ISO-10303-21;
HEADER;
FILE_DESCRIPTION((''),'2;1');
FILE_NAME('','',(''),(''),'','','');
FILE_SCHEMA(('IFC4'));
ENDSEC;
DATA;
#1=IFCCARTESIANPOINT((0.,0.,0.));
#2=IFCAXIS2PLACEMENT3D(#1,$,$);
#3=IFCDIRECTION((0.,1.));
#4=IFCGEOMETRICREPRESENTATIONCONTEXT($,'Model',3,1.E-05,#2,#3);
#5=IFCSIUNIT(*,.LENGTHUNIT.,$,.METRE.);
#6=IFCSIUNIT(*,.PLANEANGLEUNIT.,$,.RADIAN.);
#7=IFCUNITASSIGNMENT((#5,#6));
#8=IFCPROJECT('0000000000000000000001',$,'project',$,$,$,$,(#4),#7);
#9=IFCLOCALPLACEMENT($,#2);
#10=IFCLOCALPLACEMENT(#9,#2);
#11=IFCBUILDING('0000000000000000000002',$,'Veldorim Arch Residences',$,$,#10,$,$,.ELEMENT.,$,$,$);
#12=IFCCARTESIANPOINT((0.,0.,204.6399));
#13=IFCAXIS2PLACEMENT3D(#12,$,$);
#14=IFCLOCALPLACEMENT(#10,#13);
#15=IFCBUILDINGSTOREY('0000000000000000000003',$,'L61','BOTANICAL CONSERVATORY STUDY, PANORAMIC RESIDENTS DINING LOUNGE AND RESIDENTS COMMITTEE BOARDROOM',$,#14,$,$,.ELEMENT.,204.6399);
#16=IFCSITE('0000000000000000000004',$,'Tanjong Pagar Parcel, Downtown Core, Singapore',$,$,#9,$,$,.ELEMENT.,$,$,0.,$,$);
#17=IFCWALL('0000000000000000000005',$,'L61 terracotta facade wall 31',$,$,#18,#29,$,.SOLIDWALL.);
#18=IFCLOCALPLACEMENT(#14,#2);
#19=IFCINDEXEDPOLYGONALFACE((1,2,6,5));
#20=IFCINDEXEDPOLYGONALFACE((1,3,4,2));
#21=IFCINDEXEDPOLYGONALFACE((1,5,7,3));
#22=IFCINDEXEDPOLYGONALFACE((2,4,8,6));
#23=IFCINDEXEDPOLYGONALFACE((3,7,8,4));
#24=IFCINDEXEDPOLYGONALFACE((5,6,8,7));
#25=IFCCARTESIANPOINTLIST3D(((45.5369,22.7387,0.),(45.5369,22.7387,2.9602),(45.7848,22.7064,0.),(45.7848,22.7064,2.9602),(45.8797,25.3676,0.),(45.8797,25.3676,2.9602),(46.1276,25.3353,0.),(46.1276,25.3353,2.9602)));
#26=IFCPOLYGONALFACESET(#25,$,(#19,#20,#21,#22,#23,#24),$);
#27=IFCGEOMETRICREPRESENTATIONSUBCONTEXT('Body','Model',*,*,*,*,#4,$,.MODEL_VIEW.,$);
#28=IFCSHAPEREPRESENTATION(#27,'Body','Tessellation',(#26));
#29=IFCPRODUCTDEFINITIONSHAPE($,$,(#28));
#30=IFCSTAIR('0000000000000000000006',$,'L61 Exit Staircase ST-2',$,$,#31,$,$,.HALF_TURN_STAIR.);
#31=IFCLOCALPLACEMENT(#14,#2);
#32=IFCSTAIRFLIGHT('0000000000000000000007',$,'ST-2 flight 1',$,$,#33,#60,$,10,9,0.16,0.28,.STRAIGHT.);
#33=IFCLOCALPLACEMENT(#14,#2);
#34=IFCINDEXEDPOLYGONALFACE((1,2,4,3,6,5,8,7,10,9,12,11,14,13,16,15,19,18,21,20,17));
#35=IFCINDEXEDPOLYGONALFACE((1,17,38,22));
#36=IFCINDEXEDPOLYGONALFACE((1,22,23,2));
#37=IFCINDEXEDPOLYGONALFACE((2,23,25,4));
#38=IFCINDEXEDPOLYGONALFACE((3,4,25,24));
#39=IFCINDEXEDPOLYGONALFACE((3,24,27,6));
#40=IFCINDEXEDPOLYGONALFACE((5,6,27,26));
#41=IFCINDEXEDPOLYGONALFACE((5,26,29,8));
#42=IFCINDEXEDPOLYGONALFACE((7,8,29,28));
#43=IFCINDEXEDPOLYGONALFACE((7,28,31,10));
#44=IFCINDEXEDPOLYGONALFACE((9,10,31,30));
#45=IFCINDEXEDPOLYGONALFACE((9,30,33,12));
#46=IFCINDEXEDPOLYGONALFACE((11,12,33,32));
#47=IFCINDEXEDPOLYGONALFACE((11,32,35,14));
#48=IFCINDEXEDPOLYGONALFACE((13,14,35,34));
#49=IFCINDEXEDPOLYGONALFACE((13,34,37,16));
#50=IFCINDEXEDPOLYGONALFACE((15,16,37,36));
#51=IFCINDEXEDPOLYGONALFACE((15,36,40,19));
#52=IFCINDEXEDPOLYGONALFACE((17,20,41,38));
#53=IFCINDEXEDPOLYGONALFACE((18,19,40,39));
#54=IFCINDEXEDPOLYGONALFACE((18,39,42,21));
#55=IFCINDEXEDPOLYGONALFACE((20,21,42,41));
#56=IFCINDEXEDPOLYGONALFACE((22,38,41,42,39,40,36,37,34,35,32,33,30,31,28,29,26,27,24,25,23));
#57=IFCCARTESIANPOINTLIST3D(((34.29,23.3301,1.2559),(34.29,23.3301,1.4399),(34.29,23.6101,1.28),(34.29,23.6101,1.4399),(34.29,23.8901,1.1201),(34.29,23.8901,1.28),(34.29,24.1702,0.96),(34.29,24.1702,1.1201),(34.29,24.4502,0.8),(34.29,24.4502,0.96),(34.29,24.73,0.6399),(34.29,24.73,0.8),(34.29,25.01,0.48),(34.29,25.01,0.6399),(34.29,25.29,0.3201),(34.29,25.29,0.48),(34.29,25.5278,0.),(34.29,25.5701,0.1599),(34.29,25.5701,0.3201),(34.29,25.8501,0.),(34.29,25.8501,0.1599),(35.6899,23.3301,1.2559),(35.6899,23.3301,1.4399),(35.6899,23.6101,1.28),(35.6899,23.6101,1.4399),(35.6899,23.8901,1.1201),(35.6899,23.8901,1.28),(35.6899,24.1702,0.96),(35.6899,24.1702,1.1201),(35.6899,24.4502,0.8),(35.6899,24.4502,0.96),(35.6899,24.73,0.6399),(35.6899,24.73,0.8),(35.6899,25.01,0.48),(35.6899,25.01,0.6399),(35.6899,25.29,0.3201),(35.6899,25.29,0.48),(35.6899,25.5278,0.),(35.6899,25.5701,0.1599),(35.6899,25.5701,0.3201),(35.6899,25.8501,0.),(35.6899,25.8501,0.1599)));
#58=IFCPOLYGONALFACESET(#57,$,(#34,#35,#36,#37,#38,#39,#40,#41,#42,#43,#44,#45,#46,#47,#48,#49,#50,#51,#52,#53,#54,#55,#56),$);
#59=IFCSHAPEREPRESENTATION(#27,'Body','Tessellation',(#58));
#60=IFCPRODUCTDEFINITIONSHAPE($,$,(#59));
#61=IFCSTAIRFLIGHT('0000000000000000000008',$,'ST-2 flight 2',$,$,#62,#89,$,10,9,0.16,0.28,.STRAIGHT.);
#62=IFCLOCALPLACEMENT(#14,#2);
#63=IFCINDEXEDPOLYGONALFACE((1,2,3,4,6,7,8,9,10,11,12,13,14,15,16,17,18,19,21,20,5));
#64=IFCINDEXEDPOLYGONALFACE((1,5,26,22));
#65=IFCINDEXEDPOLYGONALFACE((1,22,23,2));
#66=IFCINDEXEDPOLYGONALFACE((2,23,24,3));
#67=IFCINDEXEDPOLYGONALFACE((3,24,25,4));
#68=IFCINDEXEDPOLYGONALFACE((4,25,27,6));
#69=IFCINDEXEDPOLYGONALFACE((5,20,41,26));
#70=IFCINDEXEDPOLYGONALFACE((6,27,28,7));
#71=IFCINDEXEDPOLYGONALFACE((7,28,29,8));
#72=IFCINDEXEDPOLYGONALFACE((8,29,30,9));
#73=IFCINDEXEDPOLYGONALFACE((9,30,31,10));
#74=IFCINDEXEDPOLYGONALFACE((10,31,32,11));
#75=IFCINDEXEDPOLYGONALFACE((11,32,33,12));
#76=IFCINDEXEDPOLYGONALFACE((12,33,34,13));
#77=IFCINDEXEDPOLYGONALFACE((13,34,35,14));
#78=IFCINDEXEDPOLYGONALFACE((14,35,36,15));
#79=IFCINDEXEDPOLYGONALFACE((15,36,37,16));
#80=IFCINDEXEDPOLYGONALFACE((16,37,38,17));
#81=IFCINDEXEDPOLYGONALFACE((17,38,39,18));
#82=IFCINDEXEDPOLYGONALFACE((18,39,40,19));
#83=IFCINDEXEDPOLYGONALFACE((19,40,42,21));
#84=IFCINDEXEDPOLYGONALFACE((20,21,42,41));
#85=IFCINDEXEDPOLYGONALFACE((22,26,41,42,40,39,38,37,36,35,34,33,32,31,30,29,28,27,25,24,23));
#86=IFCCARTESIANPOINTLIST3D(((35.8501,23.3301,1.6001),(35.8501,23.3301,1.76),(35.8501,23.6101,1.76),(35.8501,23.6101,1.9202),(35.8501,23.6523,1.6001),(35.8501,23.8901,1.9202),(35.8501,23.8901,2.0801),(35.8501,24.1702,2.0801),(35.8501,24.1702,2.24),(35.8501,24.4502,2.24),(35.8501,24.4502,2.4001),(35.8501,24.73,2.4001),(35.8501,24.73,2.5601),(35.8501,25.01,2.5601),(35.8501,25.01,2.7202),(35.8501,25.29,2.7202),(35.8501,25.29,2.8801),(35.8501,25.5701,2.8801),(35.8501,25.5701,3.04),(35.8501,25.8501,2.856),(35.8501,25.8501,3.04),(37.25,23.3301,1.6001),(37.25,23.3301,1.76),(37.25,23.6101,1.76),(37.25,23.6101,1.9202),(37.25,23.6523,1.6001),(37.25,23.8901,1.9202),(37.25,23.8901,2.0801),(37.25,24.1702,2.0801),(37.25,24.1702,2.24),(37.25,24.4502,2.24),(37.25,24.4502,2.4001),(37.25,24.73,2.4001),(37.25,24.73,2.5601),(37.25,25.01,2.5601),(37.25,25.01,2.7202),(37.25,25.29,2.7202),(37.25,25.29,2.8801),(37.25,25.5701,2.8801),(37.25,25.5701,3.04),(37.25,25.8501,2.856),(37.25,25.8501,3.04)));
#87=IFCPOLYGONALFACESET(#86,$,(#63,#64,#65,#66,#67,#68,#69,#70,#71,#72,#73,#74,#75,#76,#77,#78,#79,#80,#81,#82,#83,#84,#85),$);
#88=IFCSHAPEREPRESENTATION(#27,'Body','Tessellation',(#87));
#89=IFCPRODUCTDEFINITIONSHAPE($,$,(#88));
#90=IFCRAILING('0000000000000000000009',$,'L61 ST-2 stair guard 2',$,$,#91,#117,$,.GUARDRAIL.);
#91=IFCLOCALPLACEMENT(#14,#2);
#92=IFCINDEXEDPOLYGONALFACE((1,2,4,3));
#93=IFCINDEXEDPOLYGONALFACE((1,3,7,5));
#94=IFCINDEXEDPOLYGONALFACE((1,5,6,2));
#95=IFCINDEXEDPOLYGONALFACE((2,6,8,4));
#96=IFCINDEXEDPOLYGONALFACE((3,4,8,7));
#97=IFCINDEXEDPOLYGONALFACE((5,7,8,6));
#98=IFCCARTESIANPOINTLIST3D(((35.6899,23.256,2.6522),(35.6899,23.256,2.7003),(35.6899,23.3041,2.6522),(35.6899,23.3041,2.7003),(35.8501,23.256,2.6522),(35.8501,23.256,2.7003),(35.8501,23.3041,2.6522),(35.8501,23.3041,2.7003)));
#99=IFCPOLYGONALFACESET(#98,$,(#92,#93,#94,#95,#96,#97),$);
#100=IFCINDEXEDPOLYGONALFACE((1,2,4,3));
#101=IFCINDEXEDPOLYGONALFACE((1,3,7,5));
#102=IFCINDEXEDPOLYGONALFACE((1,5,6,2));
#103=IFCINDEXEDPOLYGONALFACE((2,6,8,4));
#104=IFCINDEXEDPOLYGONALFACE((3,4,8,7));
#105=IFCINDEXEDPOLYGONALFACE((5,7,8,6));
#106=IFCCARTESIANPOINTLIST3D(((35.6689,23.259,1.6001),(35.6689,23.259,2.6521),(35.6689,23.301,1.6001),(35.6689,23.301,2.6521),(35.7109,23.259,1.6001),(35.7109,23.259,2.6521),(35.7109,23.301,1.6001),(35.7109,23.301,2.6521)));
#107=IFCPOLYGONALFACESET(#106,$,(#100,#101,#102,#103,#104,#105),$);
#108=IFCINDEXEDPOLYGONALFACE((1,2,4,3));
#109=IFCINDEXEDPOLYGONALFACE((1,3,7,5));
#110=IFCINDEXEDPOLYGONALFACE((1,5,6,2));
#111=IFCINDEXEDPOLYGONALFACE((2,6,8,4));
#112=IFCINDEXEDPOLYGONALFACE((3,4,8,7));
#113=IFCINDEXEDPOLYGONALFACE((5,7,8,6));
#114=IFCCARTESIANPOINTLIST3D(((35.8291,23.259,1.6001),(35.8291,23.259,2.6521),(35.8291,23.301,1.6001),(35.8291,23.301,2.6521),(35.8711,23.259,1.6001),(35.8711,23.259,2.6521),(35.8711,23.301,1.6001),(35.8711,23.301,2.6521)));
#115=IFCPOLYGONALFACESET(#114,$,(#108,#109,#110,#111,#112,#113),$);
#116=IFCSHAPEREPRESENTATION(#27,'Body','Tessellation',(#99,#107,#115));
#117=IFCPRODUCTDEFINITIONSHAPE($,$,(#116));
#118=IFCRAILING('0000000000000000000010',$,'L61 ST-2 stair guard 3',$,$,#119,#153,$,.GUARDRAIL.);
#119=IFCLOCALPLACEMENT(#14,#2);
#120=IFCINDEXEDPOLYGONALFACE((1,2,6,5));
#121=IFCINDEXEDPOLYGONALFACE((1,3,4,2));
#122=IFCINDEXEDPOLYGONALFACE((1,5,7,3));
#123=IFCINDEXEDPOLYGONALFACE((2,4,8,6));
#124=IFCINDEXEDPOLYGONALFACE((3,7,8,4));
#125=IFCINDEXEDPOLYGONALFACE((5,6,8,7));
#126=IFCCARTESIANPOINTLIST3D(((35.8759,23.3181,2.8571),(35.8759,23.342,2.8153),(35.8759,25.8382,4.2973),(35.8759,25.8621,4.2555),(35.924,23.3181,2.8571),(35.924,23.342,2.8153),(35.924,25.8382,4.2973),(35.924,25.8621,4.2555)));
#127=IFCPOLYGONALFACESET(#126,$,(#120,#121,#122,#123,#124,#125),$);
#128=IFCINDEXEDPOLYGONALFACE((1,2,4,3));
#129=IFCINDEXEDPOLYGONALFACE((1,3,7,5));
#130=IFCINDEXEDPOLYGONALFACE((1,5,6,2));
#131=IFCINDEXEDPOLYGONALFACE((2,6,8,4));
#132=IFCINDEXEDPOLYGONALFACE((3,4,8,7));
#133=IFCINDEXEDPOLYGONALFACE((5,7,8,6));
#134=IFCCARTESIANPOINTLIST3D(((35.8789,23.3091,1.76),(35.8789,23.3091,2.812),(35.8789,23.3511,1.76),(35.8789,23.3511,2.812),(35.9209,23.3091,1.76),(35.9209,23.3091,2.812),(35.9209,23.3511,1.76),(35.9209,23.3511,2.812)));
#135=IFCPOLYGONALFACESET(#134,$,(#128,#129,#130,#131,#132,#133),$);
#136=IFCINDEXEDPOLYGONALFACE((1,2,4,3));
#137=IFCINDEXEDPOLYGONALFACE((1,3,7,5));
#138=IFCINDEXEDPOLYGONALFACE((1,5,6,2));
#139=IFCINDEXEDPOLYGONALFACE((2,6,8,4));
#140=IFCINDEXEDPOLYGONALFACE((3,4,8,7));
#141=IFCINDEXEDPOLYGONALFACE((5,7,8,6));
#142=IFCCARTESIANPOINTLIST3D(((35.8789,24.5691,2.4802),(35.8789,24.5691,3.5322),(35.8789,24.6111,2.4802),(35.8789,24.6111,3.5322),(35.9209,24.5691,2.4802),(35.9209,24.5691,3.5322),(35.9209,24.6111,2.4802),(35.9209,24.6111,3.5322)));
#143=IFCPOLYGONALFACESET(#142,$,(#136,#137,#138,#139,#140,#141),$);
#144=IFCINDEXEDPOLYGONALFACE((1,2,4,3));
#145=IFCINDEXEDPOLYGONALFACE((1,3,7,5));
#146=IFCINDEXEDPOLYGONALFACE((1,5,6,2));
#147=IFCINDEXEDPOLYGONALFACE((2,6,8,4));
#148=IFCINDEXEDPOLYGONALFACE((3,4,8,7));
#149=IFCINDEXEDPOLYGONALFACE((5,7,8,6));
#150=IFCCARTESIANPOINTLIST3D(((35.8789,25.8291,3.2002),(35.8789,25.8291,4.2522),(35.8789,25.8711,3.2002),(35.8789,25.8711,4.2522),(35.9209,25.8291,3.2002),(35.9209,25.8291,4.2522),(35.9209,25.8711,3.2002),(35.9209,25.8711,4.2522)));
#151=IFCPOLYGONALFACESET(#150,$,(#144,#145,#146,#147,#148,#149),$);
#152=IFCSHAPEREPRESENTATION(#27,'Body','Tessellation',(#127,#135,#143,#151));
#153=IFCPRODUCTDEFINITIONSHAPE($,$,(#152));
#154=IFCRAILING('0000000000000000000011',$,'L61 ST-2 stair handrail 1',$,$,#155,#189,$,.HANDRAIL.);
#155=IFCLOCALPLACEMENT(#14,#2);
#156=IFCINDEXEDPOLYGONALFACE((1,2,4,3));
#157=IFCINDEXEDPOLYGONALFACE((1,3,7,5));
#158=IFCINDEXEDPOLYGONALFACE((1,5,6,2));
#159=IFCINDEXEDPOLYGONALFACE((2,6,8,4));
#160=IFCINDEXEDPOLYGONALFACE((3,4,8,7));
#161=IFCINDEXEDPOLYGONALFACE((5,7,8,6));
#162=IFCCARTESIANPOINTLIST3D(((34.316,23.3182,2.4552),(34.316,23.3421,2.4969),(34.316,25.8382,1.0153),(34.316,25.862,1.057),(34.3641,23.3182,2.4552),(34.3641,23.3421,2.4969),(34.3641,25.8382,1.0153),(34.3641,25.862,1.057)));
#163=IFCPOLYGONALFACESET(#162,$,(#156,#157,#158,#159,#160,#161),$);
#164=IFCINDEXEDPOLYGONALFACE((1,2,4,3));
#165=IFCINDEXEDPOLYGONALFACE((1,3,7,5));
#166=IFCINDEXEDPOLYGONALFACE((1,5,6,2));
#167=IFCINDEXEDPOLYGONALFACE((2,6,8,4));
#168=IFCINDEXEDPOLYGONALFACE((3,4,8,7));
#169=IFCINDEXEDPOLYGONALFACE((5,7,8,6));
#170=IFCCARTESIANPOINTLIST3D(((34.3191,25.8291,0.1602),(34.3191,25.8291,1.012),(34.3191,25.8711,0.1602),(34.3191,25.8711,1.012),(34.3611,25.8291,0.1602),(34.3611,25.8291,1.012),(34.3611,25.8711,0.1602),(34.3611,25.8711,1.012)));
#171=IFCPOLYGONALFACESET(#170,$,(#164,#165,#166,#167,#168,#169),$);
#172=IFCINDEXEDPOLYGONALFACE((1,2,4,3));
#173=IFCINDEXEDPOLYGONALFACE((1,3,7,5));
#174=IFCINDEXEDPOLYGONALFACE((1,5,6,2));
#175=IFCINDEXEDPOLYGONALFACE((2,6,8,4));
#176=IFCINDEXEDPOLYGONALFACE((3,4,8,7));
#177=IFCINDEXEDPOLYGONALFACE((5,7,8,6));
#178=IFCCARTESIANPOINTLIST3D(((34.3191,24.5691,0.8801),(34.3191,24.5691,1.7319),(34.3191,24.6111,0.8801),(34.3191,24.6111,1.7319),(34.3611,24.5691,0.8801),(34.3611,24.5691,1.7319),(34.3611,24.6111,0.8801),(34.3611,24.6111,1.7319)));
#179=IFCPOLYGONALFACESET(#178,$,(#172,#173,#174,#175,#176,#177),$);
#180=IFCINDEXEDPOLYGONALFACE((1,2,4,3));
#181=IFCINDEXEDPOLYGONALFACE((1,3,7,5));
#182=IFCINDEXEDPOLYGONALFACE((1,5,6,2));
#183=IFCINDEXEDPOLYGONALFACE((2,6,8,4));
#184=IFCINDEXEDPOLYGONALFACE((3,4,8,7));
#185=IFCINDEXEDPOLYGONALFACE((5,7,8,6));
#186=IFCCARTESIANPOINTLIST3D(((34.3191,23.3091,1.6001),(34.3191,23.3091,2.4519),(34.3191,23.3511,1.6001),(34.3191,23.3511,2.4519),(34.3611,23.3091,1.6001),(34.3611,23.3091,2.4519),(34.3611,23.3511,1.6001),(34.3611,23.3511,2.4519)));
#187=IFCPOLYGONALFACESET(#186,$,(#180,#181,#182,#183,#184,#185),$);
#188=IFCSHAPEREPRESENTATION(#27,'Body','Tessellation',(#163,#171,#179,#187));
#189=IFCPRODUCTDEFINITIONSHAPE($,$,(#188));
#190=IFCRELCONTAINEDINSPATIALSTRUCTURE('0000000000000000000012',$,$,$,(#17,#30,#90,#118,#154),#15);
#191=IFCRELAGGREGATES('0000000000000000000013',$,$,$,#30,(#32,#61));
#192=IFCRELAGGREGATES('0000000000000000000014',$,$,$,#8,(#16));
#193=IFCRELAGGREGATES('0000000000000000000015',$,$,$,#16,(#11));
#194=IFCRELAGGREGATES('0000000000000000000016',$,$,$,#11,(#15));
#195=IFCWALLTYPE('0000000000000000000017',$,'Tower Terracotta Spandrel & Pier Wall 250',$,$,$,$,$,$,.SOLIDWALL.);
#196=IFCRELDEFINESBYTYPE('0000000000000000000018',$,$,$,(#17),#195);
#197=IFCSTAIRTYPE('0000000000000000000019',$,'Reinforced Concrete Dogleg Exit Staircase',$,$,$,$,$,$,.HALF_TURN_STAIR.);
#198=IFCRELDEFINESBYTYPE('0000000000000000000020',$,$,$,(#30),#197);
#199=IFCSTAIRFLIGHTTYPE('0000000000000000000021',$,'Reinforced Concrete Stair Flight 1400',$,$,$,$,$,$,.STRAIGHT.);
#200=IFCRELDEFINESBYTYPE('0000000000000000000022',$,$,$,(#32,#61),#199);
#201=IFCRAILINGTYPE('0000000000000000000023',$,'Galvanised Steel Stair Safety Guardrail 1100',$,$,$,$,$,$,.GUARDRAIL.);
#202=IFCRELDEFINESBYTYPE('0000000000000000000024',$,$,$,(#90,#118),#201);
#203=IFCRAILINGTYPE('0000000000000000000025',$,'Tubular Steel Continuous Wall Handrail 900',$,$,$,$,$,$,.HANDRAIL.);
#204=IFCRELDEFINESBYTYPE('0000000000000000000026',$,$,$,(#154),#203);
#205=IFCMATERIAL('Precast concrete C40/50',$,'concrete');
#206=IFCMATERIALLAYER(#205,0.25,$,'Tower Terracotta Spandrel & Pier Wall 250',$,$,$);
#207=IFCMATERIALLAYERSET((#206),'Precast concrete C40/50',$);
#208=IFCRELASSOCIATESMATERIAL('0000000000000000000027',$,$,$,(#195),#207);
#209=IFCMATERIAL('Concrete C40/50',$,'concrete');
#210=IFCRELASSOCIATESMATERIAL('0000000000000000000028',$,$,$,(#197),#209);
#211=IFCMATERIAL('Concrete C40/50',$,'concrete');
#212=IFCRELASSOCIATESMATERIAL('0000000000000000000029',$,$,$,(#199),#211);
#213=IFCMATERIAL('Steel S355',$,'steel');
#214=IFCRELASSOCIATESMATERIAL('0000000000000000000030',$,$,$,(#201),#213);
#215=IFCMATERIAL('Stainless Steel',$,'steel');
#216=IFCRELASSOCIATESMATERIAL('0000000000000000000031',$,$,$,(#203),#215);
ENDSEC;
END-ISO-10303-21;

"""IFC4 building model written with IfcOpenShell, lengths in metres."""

from ifc_helpers import new_model, si_unit, direction, frame, frame_2d, origin, origin_2d, place, context, subcontext, project, spatial, polyline, rectangle, outline, extrude, material, layer, layer_set, type_object, element, aggregate, save


model = new_model("IFC4")

# Units and contexts
model_context = context("Model", 3, precision=1e-05, world=origin(), true_north=direction((0.0, 1.0)))
body_context = subcontext(model_context, "Body", "Model", "MODEL_VIEW")
ifc_project = project(units=[si_unit("LENGTHUNIT", "METRE"), si_unit("PLANEANGLEUNIT", "RADIAN")], contexts=[model_context])

# Site, building, storey
site_placement = place(None, origin())
site = spatial("IfcSite", under=ifc_project, at=site_placement, Name="Tanjong Pagar Parcel, Downtown Core, Singapore", CompositionType="ELEMENT", RefElevation=0.0)
building_placement = place(site_placement, origin())
building = spatial("IfcBuilding", under=site, at=building_placement, Name="Veldorim Arch Residences", CompositionType="ELEMENT")
storey_placement = place(building_placement, frame((0.0, 0.0, 204.6399)))
storey = spatial("IfcBuildingStorey", under=building, at=storey_placement, Name="L61", Description="BOTANICAL CONSERVATORY STUDY, PANORAMIC RESIDENTS DINING LOUNGE AND RESIDENTS COMMITTEE BOARDROOM", CompositionType="ELEMENT", Elevation=204.6399)

# Shared definitions
ifc_material_1 = material(Name="Precast concrete C40/50", Category="concrete")
ifc_layer_1 = layer(ifc_material_1, 0.25, Name="Tower Terracotta Spandrel & Pier Wall 250")
ifc_layer_set_1 = layer_set([ifc_layer_1], Name="Precast concrete C40/50")
wall_type_1 = type_object("IfcWallType", Name="Tower Terracotta Spandrel & Pier Wall 250", PredefinedType="SOLIDWALL", material=ifc_layer_set_1)

# Wall
wall_1_placement = place(storey_placement, frame((46.0037, 25.3516, 0.0), z_axis=(0.0, 0.0, 1.0), x_axis=(-0.129292, -0.991607, 0.0)))
element("IfcWall", 1, at=wall_1_placement, inside=storey, type_object=wall_type_1, Name="L61 terracotta facade wall 31", PredefinedType="SOLIDWALL", context=body_context, shape_type="SweptSolid", body=[
    extrude(rectangle(XDim=2.6511, YDim=0.25, at=frame_2d((1.3257, 0.0))), origin(), (0.0, 0.0, 1.0), 2.9602),
])

# Stair, stair flights
ifc_material_2 = material(Name="Concrete C40/50", Category="concrete")
stair_type = type_object("IfcStairType", Name="Reinforced Concrete Dogleg Exit Staircase", PredefinedType="HALF_TURN_STAIR", material=ifc_material_2)
stair_placement = place(storey_placement, origin())
stair = element("IfcStair", 2, at=stair_placement, inside=storey, type_object=stair_type, Name="L61 Exit Staircase ST-2", PredefinedType="HALF_TURN_STAIR")
ifc_material_3 = material(Name="Concrete C40/50", Category="concrete")
stair_flight_type = type_object("IfcStairFlightType", Name="Reinforced Concrete Stair Flight 1400", PredefinedType="STRAIGHT", material=ifc_material_3)
stair_flight_1_placement = place(storey_placement, frame((34.99, 25.8501, 0.0), z_axis=(0.0, 0.0, 1.0), x_axis=(0.0, -1.0, 0.0)))
stair_flight_1 = element("IfcStairFlight", 3, at=stair_flight_1_placement, type_object=stair_flight_type, Name="ST-2 flight 1", NumberOfRisers=10, NumberOfTreads=9, PredefinedType="STRAIGHT", RiserHeight=0.16, TreadLength=0.28, context=body_context, shape_type="SweptSolid", body=[
    extrude(outline(polyline([(0.0, 0.0), (0.0, 0.1599), (0.28, 0.1599), (0.28, 0.3201), (0.5601, 0.3201), (0.5601, 0.48), (0.8401, 0.48), (0.8401, 0.6399), (1.1201, 0.6399), (1.1201, 0.8), (1.3999, 0.8), (1.3999, 0.96), (1.6799, 0.96), (1.6799, 1.1201), (1.96, 1.1201), (1.96, 1.28), (2.24, 1.28), (2.24, 1.4399), (2.52, 1.4399), (2.52, 1.6001), (2.52, 1.2559), (0.3223, 0.0), (0.0, 0.0)])), frame((0.0, 0.7, 0.0), z_axis=(0.0, -1.0, 0.0), x_axis=(1.0, 0.0, 0.0)), (0.0, 0.0, 1.0), 1.3999),
])
stair_flight_2_placement = place(storey_placement, frame((36.55, 23.3301, 1.6001), z_axis=(0.0, 0.0, 1.0), x_axis=(0.0, 1.0, 0.0)))
stair_flight_2 = element("IfcStairFlight", 4, at=stair_flight_2_placement, type_object=stair_flight_type, Name="ST-2 flight 2", NumberOfRisers=10, NumberOfTreads=9, PredefinedType="STRAIGHT", RiserHeight=0.16, TreadLength=0.28, context=body_context, shape_type="SweptSolid", body=[
    extrude(outline(polyline([(0.0, 0.0), (0.0, 0.1599), (0.28, 0.1599), (0.28, 0.3201), (0.5601, 0.3201), (0.5601, 0.48), (0.8401, 0.48), (0.8401, 0.6399), (1.1201, 0.6399), (1.1201, 0.8), (1.3999, 0.8), (1.3999, 0.96), (1.6799, 0.96), (1.6799, 1.1201), (1.96, 1.1201), (1.96, 1.28), (2.24, 1.28), (2.24, 1.4399), (2.52, 1.4399), (2.52, 1.6001), (2.52, 1.2559), (0.3223, 0.0), (0.0, 0.0)])), frame((0.0, 0.7, 0.0), z_axis=(0.0, -1.0, 0.0), x_axis=(1.0, 0.0, 0.0)), (0.0, 0.0, 1.0), 1.3999),
])
aggregate(stair, [stair_flight_1, stair_flight_2])

# Railings
ifc_material_4 = material(Name="Steel S355", Category="steel")
railing_type_1 = type_object("IfcRailingType", Name="Galvanised Steel Stair Safety Guardrail 1100", PredefinedType="GUARDRAIL", material=ifc_material_4)
railing_1_placement = place(storey_placement, frame((35.6899, 23.28, 1.6001)))
element("IfcRailing", 5, at=railing_1_placement, inside=storey, type_object=railing_type_1, Name="L61 ST-2 stair guard 2", PredefinedType="GUARDRAIL", context=body_context, shape_type="SweptSolid", body=[
    extrude(rectangle(XDim=0.0481, YDim=0.0481, at=origin_2d()), frame((0.0, 0.0, 1.0762), z_axis=(1.0, 0.0, 0.0), x_axis=(0.0, 1.0, 0.0)), (0.0, 0.0, 1.0), 0.1602),
    extrude(rectangle(XDim=0.042, YDim=0.042, at=origin_2d()), origin(), (0.0, 0.0, 1.0), 1.052),
    extrude(rectangle(XDim=0.042, YDim=0.042, at=origin_2d()), frame((0.1602, 0.0, 0.0)), (0.0, 0.0, 1.0), 1.052),
])
railing_2_placement = place(storey_placement, frame((35.8999, 23.3301, 1.76)))
element("IfcRailing", 6, at=railing_2_placement, inside=storey, type_object=railing_type_1, Name="L61 ST-2 stair guard 3", PredefinedType="GUARDRAIL", context=body_context, shape_type="SweptSolid", body=[
    extrude(rectangle(XDim=0.0481, YDim=0.0481, at=origin_2d()), frame((0.0, 0.0, 1.0762), z_axis=(0.0, 0.868217, 0.496184), x_axis=(-1.0, 0.0, 0.0)), (0.0, 0.0, 1.0), 2.9026),
    extrude(rectangle(XDim=0.042, YDim=0.042, at=origin_2d()), origin(), (0.0, 0.0, 1.0), 1.052),
    extrude(rectangle(XDim=0.042, YDim=0.042, at=origin_2d()), frame((0.0, 1.26, 0.7202)), (0.0, 0.0, 1.0), 1.052),
    extrude(rectangle(XDim=0.042, YDim=0.042, at=origin_2d()), frame((0.0, 2.52, 1.4402)), (0.0, 0.0, 1.0), 1.052),
])
ifc_material_5 = material(Name="Stainless Steel", Category="steel")
railing_type_2 = type_object("IfcRailingType", Name="Tubular Steel Continuous Wall Handrail 900", PredefinedType="HANDRAIL", material=ifc_material_5)
railing_3_placement = place(storey_placement, frame((34.3401, 25.8501, 0.1602)))
element("IfcRailing", 7, at=railing_3_placement, inside=storey, type_object=railing_type_2, Name="L61 ST-2 stair handrail 1", PredefinedType="HANDRAIL", context=body_context, shape_type="SweptSolid", body=[
    extrude(rectangle(XDim=0.0481, YDim=0.0481, at=origin_2d()), frame((0.0, 0.0, 0.876), z_axis=(0.0, -0.868253, 0.496121), x_axis=(1.0, 0.0, 0.0)), (0.0, 0.0, 1.0), 2.9023),
    extrude(rectangle(XDim=0.042, YDim=0.042, at=origin_2d()), origin(), (0.0, 0.0, 1.0), 0.8518),
    extrude(rectangle(XDim=0.042, YDim=0.042, at=origin_2d()), frame((0.0, -1.26, 0.72)), (0.0, 0.0, 1.0), 0.8518),
    extrude(rectangle(XDim=0.042, YDim=0.042, at=origin_2d()), frame((0.0, -2.52, 1.4399)), (0.0, 0.0, 1.0), 0.8518),
])

save(model, "model.ifc")
